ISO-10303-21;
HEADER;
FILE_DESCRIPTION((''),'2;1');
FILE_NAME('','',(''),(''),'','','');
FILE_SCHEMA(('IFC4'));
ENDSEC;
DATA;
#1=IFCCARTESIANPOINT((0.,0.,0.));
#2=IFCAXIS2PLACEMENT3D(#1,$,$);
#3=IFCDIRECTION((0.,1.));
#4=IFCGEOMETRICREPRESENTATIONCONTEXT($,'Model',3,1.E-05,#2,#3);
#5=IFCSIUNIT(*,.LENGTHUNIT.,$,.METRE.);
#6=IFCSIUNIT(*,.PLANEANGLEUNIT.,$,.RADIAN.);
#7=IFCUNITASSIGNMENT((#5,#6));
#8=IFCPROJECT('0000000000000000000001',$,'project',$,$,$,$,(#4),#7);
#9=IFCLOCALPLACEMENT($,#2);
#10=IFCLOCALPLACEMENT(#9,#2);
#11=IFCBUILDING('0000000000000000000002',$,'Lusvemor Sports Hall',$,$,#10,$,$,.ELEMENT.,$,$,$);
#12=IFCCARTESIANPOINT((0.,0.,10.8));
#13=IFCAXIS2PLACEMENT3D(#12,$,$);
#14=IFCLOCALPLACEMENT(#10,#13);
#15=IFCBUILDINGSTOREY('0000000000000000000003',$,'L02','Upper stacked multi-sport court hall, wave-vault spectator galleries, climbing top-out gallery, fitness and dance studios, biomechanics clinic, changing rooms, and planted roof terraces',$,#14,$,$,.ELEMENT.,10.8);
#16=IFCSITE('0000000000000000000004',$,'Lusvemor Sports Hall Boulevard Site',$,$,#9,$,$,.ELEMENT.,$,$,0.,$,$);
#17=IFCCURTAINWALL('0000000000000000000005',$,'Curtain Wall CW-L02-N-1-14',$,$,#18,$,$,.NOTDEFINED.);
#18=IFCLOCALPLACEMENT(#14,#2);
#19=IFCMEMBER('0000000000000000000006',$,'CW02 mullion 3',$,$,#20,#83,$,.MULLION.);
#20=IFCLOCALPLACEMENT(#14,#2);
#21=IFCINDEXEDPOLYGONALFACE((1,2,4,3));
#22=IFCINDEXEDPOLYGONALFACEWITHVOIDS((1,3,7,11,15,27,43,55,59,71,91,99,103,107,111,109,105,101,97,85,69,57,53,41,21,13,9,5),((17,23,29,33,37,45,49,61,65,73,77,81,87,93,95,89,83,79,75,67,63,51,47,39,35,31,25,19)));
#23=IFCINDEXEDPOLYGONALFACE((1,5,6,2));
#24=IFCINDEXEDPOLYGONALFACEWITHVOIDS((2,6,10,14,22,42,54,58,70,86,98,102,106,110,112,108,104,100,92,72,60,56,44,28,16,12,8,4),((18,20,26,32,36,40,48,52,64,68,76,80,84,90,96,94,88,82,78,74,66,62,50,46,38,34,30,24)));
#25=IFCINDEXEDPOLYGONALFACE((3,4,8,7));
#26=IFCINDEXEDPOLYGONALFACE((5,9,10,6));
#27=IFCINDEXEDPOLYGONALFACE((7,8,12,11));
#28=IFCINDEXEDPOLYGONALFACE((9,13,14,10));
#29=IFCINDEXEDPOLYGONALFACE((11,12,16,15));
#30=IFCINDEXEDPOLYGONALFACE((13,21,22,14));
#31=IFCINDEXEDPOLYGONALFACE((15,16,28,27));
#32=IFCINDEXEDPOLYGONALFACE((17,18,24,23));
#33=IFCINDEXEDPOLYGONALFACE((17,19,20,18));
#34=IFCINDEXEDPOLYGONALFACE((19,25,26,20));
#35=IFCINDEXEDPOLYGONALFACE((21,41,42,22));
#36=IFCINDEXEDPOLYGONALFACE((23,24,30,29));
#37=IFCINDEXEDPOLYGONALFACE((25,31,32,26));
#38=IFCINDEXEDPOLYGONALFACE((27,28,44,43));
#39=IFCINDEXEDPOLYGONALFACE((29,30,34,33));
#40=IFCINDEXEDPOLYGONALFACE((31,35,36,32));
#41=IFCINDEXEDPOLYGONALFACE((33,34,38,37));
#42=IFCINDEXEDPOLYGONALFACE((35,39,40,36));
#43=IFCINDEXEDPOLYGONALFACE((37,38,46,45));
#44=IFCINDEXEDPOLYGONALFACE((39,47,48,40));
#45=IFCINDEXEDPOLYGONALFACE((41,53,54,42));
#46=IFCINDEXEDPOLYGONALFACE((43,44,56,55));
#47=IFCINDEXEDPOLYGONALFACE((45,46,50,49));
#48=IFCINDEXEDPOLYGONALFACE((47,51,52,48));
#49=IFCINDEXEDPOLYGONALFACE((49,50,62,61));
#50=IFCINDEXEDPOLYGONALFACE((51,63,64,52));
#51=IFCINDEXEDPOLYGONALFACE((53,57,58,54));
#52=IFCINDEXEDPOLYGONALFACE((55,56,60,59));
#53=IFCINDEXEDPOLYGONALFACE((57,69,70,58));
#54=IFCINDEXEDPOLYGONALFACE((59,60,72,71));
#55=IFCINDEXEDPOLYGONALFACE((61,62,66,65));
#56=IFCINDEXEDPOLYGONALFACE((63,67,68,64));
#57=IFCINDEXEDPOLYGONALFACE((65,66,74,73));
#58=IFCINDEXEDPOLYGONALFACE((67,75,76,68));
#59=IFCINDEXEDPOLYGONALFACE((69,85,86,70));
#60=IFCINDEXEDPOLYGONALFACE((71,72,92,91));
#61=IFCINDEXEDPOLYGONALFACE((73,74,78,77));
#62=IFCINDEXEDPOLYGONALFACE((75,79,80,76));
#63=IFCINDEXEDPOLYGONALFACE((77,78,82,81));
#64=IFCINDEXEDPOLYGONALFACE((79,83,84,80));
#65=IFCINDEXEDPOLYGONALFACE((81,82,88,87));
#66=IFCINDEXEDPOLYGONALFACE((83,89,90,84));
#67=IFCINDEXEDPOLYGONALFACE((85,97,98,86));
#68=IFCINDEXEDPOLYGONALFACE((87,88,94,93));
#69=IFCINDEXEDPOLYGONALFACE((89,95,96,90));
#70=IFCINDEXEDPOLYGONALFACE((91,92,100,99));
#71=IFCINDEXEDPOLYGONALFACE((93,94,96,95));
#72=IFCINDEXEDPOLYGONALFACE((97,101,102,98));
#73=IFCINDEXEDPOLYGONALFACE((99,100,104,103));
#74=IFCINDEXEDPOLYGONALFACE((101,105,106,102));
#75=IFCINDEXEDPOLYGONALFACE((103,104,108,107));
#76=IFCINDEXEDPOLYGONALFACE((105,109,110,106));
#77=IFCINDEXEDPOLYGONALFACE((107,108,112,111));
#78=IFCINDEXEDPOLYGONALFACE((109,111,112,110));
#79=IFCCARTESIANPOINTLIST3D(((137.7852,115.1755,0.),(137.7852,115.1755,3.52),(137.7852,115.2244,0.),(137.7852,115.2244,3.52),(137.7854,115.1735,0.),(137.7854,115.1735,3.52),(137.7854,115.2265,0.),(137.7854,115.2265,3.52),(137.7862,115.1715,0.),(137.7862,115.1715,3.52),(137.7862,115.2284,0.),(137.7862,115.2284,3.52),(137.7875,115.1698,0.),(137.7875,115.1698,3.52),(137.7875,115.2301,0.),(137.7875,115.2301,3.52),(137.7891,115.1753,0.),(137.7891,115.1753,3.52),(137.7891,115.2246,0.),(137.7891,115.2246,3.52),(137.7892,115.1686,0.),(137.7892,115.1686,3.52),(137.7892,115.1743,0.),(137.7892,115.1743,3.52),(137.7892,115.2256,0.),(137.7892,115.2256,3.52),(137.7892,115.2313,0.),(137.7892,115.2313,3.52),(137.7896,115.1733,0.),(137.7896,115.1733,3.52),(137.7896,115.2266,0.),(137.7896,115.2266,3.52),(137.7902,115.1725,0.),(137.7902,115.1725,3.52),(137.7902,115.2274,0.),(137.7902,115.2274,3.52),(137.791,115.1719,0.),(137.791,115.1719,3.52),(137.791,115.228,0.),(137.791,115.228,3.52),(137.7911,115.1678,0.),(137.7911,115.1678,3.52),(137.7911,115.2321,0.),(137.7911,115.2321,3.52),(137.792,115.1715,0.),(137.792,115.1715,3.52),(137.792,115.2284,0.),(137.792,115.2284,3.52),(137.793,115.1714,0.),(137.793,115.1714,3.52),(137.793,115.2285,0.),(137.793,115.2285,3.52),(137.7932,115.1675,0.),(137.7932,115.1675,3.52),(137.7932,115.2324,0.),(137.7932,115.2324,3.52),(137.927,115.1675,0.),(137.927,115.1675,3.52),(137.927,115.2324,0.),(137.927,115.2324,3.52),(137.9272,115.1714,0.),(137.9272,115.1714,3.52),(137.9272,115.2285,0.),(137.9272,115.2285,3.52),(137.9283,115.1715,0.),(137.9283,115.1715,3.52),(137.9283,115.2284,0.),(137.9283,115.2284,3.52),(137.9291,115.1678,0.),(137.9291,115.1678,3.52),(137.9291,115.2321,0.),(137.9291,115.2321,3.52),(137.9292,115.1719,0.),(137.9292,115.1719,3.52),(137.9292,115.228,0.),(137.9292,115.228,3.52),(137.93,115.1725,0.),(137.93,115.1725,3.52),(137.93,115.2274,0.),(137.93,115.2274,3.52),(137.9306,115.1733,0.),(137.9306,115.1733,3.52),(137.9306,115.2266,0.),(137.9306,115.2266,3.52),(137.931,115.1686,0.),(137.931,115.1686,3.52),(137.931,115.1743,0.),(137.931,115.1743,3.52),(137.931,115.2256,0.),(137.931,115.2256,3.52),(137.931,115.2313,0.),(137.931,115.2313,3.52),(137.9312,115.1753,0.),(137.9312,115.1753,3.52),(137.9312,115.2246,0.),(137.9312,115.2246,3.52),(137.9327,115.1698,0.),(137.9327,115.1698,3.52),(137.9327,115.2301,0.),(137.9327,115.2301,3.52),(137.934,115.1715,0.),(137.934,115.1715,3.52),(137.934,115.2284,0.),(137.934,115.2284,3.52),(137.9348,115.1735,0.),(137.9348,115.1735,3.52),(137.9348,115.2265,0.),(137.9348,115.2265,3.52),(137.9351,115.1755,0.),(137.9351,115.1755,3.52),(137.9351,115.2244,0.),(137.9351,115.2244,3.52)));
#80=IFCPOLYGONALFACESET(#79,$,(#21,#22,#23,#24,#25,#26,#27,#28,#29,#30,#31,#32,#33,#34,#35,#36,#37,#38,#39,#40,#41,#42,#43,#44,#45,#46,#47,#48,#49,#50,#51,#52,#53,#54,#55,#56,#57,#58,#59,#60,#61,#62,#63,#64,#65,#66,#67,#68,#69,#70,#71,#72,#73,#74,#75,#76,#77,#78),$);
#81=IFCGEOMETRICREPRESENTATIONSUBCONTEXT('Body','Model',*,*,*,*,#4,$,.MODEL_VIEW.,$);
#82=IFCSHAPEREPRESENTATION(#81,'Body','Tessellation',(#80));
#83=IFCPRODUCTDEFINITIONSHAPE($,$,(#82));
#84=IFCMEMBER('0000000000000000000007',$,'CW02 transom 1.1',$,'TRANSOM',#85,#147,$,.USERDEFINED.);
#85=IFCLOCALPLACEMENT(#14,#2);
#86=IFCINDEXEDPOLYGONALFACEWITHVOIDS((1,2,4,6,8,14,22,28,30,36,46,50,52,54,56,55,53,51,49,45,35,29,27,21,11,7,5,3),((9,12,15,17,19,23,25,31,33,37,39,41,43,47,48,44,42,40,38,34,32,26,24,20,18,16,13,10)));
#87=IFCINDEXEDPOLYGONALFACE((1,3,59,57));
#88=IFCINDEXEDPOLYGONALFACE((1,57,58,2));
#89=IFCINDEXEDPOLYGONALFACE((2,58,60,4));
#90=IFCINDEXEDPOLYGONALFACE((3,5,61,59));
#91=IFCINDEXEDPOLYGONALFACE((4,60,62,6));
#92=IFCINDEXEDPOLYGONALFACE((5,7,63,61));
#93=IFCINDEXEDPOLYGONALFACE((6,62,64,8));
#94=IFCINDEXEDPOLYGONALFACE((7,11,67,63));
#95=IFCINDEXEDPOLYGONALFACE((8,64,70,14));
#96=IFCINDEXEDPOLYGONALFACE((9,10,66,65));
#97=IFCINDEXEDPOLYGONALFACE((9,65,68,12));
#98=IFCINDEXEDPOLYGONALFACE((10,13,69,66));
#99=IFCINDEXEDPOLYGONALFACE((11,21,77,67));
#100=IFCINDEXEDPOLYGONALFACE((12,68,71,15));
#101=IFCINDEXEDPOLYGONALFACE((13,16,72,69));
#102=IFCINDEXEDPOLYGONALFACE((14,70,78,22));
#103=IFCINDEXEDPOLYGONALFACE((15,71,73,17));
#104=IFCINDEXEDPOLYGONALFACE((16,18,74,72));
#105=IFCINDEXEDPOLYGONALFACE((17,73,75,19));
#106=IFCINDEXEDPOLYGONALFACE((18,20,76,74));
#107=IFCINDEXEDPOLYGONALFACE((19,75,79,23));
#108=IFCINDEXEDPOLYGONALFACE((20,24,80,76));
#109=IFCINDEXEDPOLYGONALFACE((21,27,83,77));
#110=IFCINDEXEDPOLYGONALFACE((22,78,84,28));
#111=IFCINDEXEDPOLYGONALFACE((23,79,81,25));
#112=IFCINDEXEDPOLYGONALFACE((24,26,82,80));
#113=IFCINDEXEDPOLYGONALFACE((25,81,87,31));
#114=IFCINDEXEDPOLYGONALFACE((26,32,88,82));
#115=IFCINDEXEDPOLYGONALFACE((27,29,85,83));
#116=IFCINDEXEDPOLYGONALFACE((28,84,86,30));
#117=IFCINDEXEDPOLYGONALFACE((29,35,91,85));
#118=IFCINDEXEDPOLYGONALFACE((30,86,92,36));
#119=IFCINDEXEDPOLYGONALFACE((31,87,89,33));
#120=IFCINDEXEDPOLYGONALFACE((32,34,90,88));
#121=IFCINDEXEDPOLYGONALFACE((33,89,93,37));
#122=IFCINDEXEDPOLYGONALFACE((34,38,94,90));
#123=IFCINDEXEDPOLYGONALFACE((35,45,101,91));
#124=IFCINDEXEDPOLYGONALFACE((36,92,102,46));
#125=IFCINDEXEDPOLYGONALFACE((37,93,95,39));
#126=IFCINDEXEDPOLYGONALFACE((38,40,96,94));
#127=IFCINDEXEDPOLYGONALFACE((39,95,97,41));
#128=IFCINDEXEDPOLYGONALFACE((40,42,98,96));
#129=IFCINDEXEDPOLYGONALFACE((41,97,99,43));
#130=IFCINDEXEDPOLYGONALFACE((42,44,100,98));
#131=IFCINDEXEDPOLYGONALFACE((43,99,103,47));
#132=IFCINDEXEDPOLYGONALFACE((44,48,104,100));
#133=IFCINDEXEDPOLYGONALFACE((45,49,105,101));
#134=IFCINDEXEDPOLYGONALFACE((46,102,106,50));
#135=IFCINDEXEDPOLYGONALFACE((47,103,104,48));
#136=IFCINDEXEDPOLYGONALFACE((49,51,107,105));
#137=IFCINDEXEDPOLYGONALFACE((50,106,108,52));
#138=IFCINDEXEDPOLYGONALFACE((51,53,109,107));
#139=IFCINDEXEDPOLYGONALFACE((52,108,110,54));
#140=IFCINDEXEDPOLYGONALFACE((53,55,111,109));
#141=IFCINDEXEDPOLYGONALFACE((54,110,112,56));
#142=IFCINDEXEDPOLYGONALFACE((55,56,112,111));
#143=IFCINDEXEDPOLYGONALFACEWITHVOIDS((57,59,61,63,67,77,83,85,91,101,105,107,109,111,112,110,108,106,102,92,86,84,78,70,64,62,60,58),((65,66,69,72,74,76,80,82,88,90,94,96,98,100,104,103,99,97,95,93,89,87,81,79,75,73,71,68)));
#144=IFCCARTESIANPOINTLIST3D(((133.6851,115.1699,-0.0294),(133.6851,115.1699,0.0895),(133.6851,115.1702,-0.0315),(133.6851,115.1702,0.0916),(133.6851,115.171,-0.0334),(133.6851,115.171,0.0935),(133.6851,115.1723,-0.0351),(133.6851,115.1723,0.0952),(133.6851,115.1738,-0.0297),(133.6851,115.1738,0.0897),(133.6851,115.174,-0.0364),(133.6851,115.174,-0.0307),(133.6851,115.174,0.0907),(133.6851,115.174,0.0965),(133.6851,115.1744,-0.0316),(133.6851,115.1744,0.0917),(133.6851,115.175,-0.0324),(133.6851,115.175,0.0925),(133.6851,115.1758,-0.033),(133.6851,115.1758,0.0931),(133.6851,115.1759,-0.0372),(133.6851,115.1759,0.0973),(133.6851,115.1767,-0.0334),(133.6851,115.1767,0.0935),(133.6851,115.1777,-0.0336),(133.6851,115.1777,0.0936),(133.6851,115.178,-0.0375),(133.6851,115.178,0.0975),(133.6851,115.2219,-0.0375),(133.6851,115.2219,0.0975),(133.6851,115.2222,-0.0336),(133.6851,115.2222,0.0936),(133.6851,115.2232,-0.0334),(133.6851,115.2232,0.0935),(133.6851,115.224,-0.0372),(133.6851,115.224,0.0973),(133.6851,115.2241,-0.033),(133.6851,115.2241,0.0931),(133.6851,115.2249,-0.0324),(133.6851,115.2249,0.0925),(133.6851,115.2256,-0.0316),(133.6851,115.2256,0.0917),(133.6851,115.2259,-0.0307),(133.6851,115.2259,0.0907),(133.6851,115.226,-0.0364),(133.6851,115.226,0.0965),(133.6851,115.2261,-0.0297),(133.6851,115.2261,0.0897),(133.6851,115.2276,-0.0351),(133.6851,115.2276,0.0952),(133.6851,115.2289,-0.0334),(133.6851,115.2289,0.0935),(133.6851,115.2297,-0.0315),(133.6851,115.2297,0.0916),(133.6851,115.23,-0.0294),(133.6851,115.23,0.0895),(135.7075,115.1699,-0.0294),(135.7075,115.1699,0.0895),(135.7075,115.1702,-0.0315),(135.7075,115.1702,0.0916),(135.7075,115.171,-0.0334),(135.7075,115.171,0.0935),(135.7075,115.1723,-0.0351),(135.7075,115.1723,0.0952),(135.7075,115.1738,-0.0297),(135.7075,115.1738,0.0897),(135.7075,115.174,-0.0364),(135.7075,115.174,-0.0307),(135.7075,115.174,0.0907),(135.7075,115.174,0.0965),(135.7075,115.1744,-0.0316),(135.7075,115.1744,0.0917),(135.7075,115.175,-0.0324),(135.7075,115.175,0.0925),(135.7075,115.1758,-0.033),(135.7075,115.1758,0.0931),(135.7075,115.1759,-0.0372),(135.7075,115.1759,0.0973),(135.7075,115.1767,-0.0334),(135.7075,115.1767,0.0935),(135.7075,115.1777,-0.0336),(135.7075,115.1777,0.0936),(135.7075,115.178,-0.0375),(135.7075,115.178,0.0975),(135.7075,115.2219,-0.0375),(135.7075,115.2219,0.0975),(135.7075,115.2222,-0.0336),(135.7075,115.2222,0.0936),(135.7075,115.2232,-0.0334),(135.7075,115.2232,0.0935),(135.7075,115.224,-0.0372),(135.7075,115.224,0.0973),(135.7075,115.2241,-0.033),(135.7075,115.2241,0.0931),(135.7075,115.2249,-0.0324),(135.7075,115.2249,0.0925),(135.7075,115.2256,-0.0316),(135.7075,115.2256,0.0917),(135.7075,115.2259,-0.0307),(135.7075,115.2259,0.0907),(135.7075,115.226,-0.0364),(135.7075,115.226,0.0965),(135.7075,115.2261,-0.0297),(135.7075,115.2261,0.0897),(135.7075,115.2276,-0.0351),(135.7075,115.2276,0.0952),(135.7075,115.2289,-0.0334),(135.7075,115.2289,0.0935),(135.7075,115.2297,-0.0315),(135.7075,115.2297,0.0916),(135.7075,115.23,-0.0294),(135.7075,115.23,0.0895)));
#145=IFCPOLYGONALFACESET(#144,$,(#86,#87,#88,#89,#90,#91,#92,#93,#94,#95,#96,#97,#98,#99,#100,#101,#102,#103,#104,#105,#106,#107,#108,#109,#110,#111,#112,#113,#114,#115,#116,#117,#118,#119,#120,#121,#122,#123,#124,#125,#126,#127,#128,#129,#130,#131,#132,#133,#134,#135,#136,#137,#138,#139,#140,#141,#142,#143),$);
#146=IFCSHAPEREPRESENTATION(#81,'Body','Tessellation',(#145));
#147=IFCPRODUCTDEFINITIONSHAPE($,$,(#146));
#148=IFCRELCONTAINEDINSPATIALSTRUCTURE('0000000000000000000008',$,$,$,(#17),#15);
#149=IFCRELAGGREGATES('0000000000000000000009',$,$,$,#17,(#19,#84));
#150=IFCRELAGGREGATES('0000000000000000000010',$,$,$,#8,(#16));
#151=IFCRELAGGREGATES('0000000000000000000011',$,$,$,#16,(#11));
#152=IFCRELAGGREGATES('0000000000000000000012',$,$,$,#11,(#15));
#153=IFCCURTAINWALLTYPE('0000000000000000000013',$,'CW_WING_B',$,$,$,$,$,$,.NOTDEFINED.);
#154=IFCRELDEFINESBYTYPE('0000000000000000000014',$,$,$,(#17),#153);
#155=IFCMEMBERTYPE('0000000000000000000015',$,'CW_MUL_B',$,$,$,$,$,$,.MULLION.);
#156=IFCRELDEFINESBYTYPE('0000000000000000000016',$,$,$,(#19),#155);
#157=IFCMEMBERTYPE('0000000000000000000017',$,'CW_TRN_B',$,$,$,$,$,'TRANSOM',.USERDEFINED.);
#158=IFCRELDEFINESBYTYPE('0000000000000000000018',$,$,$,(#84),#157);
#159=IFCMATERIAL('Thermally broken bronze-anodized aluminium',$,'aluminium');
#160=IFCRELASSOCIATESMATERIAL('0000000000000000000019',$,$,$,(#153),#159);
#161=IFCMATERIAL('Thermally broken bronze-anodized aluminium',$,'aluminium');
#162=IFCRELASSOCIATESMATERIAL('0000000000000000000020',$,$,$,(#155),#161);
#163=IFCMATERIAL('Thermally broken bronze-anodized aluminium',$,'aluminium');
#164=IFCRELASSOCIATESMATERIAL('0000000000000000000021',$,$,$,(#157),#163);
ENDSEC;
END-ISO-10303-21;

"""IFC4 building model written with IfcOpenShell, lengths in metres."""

from ifc_helpers import new_model, si_unit, direction, frame, origin, origin_2d, place, context, subcontext, project, spatial, hollow_rectangle, extrude, material, material_profile, profile_set, type_object, element, aggregate, save


model = new_model("IFC4")

# Units and contexts
model_context = context("Model", 3, precision=1e-05, world=origin(), true_north=direction((0.0, 1.0)))
body_context = subcontext(model_context, "Body", "Model", "MODEL_VIEW")
ifc_project = project(units=[si_unit("LENGTHUNIT", "METRE"), si_unit("PLANEANGLEUNIT", "RADIAN")], contexts=[model_context])

# Site, building, storey
site_placement = place(None, origin())
site = spatial("IfcSite", under=ifc_project, at=site_placement, Name="Lusvemor Sports Hall Boulevard Site", CompositionType="ELEMENT", RefElevation=0.0)
building_placement = place(site_placement, origin())
building = spatial("IfcBuilding", under=site, at=building_placement, Name="Lusvemor Sports Hall", CompositionType="ELEMENT")
storey_placement = place(building_placement, frame((0.0, 0.0, 10.8)))
storey = spatial("IfcBuildingStorey", under=building, at=storey_placement, Name="L02", Description="Upper stacked multi-sport court hall, wave-vault spectator galleries, climbing top-out gallery, fitness and dance studios, biomechanics clinic, changing rooms, and planted roof terraces", CompositionType="ELEMENT", Elevation=10.8)

# Curtain wall, members
ifc_material_1 = material(Name="Thermally broken bronze-anodized aluminium", Category="aluminium")
curtain_wall_type = type_object("IfcCurtainWallType", Name="CW_WING_B", PredefinedType="NOTDEFINED", material=ifc_material_1)
curtain_wall_placement = place(storey_placement, origin())
curtain_wall = element("IfcCurtainWall", 1, at=curtain_wall_placement, inside=storey, type_object=curtain_wall_type, Name="Curtain Wall CW-L02-N-1-14", PredefinedType="NOTDEFINED")
ifc_material_2 = material(Name="Thermally broken bronze-anodized aluminium", Category="aluminium")
ifc_material_profile_1 = material_profile(ifc_material_2, hollow_rectangle(XDim=0.0649, YDim=0.1499, WallThickness=0.0039, InnerFilletRadius=0.0039, OuterFilletRadius=0.0081, at=origin_2d()), Name="CWMUL150x65x4")
ifc_profile_set_1 = profile_set([ifc_material_profile_1], Name="Thermally broken bronze-anodized aluminium")
member_type_1 = type_object("IfcMemberType", Name="CW_MUL_B", PredefinedType="MULLION", material=ifc_profile_set_1)
member_1_placement = place(storey_placement, frame((137.8601, 115.2, 0.0), z_axis=(0.0, 0.0, 1.0), x_axis=(0.0, 1.0, 0.0)))
member_1 = element("IfcMember", 2, at=member_1_placement, type_object=member_type_1, Name="CW02 mullion 3", PredefinedType="MULLION", context=body_context, shape_type="SweptSolid", body=[
    extrude(hollow_rectangle(XDim=0.0649, YDim=0.1499, WallThickness=0.0039, InnerFilletRadius=0.0039, OuterFilletRadius=0.0081, at=origin_2d()), origin(), (0.0, 0.0, 1.0), 3.52),
])
ifc_material_3 = material(Name="Thermally broken bronze-anodized aluminium", Category="aluminium")
ifc_material_profile_2 = material_profile(ifc_material_3, hollow_rectangle(XDim=0.0601, YDim=0.135, WallThickness=0.0039, InnerFilletRadius=0.0039, OuterFilletRadius=0.0081, at=origin_2d()), Name="CWTRN135x60x4")
ifc_profile_set_2 = profile_set([ifc_material_profile_2], Name="Thermally broken bronze-anodized aluminium")
member_type_2 = type_object("IfcMemberType", Name="CW_TRN_B", ElementType="TRANSOM", PredefinedType="USERDEFINED", material=ifc_profile_set_2)
member_2_placement = place(storey_placement, frame((133.6851, 115.2, 0.03), z_axis=(1.0, 0.0, 0.0), x_axis=(0.0, 1.0, 0.0)))
member_2 = element("IfcMember", 3, at=member_2_placement, type_object=member_type_2, Name="CW02 transom 1.1", ObjectType="TRANSOM", PredefinedType="USERDEFINED", context=body_context, shape_type="SweptSolid", body=[
    extrude(hollow_rectangle(XDim=0.0601, YDim=0.135, WallThickness=0.0039, InnerFilletRadius=0.0039, OuterFilletRadius=0.0081, at=origin_2d()), origin(), (0.0, 0.0, 1.0), 2.0225),
])

aggregate(curtain_wall, [member_1, member_2])

save(model, "model.ifc")
